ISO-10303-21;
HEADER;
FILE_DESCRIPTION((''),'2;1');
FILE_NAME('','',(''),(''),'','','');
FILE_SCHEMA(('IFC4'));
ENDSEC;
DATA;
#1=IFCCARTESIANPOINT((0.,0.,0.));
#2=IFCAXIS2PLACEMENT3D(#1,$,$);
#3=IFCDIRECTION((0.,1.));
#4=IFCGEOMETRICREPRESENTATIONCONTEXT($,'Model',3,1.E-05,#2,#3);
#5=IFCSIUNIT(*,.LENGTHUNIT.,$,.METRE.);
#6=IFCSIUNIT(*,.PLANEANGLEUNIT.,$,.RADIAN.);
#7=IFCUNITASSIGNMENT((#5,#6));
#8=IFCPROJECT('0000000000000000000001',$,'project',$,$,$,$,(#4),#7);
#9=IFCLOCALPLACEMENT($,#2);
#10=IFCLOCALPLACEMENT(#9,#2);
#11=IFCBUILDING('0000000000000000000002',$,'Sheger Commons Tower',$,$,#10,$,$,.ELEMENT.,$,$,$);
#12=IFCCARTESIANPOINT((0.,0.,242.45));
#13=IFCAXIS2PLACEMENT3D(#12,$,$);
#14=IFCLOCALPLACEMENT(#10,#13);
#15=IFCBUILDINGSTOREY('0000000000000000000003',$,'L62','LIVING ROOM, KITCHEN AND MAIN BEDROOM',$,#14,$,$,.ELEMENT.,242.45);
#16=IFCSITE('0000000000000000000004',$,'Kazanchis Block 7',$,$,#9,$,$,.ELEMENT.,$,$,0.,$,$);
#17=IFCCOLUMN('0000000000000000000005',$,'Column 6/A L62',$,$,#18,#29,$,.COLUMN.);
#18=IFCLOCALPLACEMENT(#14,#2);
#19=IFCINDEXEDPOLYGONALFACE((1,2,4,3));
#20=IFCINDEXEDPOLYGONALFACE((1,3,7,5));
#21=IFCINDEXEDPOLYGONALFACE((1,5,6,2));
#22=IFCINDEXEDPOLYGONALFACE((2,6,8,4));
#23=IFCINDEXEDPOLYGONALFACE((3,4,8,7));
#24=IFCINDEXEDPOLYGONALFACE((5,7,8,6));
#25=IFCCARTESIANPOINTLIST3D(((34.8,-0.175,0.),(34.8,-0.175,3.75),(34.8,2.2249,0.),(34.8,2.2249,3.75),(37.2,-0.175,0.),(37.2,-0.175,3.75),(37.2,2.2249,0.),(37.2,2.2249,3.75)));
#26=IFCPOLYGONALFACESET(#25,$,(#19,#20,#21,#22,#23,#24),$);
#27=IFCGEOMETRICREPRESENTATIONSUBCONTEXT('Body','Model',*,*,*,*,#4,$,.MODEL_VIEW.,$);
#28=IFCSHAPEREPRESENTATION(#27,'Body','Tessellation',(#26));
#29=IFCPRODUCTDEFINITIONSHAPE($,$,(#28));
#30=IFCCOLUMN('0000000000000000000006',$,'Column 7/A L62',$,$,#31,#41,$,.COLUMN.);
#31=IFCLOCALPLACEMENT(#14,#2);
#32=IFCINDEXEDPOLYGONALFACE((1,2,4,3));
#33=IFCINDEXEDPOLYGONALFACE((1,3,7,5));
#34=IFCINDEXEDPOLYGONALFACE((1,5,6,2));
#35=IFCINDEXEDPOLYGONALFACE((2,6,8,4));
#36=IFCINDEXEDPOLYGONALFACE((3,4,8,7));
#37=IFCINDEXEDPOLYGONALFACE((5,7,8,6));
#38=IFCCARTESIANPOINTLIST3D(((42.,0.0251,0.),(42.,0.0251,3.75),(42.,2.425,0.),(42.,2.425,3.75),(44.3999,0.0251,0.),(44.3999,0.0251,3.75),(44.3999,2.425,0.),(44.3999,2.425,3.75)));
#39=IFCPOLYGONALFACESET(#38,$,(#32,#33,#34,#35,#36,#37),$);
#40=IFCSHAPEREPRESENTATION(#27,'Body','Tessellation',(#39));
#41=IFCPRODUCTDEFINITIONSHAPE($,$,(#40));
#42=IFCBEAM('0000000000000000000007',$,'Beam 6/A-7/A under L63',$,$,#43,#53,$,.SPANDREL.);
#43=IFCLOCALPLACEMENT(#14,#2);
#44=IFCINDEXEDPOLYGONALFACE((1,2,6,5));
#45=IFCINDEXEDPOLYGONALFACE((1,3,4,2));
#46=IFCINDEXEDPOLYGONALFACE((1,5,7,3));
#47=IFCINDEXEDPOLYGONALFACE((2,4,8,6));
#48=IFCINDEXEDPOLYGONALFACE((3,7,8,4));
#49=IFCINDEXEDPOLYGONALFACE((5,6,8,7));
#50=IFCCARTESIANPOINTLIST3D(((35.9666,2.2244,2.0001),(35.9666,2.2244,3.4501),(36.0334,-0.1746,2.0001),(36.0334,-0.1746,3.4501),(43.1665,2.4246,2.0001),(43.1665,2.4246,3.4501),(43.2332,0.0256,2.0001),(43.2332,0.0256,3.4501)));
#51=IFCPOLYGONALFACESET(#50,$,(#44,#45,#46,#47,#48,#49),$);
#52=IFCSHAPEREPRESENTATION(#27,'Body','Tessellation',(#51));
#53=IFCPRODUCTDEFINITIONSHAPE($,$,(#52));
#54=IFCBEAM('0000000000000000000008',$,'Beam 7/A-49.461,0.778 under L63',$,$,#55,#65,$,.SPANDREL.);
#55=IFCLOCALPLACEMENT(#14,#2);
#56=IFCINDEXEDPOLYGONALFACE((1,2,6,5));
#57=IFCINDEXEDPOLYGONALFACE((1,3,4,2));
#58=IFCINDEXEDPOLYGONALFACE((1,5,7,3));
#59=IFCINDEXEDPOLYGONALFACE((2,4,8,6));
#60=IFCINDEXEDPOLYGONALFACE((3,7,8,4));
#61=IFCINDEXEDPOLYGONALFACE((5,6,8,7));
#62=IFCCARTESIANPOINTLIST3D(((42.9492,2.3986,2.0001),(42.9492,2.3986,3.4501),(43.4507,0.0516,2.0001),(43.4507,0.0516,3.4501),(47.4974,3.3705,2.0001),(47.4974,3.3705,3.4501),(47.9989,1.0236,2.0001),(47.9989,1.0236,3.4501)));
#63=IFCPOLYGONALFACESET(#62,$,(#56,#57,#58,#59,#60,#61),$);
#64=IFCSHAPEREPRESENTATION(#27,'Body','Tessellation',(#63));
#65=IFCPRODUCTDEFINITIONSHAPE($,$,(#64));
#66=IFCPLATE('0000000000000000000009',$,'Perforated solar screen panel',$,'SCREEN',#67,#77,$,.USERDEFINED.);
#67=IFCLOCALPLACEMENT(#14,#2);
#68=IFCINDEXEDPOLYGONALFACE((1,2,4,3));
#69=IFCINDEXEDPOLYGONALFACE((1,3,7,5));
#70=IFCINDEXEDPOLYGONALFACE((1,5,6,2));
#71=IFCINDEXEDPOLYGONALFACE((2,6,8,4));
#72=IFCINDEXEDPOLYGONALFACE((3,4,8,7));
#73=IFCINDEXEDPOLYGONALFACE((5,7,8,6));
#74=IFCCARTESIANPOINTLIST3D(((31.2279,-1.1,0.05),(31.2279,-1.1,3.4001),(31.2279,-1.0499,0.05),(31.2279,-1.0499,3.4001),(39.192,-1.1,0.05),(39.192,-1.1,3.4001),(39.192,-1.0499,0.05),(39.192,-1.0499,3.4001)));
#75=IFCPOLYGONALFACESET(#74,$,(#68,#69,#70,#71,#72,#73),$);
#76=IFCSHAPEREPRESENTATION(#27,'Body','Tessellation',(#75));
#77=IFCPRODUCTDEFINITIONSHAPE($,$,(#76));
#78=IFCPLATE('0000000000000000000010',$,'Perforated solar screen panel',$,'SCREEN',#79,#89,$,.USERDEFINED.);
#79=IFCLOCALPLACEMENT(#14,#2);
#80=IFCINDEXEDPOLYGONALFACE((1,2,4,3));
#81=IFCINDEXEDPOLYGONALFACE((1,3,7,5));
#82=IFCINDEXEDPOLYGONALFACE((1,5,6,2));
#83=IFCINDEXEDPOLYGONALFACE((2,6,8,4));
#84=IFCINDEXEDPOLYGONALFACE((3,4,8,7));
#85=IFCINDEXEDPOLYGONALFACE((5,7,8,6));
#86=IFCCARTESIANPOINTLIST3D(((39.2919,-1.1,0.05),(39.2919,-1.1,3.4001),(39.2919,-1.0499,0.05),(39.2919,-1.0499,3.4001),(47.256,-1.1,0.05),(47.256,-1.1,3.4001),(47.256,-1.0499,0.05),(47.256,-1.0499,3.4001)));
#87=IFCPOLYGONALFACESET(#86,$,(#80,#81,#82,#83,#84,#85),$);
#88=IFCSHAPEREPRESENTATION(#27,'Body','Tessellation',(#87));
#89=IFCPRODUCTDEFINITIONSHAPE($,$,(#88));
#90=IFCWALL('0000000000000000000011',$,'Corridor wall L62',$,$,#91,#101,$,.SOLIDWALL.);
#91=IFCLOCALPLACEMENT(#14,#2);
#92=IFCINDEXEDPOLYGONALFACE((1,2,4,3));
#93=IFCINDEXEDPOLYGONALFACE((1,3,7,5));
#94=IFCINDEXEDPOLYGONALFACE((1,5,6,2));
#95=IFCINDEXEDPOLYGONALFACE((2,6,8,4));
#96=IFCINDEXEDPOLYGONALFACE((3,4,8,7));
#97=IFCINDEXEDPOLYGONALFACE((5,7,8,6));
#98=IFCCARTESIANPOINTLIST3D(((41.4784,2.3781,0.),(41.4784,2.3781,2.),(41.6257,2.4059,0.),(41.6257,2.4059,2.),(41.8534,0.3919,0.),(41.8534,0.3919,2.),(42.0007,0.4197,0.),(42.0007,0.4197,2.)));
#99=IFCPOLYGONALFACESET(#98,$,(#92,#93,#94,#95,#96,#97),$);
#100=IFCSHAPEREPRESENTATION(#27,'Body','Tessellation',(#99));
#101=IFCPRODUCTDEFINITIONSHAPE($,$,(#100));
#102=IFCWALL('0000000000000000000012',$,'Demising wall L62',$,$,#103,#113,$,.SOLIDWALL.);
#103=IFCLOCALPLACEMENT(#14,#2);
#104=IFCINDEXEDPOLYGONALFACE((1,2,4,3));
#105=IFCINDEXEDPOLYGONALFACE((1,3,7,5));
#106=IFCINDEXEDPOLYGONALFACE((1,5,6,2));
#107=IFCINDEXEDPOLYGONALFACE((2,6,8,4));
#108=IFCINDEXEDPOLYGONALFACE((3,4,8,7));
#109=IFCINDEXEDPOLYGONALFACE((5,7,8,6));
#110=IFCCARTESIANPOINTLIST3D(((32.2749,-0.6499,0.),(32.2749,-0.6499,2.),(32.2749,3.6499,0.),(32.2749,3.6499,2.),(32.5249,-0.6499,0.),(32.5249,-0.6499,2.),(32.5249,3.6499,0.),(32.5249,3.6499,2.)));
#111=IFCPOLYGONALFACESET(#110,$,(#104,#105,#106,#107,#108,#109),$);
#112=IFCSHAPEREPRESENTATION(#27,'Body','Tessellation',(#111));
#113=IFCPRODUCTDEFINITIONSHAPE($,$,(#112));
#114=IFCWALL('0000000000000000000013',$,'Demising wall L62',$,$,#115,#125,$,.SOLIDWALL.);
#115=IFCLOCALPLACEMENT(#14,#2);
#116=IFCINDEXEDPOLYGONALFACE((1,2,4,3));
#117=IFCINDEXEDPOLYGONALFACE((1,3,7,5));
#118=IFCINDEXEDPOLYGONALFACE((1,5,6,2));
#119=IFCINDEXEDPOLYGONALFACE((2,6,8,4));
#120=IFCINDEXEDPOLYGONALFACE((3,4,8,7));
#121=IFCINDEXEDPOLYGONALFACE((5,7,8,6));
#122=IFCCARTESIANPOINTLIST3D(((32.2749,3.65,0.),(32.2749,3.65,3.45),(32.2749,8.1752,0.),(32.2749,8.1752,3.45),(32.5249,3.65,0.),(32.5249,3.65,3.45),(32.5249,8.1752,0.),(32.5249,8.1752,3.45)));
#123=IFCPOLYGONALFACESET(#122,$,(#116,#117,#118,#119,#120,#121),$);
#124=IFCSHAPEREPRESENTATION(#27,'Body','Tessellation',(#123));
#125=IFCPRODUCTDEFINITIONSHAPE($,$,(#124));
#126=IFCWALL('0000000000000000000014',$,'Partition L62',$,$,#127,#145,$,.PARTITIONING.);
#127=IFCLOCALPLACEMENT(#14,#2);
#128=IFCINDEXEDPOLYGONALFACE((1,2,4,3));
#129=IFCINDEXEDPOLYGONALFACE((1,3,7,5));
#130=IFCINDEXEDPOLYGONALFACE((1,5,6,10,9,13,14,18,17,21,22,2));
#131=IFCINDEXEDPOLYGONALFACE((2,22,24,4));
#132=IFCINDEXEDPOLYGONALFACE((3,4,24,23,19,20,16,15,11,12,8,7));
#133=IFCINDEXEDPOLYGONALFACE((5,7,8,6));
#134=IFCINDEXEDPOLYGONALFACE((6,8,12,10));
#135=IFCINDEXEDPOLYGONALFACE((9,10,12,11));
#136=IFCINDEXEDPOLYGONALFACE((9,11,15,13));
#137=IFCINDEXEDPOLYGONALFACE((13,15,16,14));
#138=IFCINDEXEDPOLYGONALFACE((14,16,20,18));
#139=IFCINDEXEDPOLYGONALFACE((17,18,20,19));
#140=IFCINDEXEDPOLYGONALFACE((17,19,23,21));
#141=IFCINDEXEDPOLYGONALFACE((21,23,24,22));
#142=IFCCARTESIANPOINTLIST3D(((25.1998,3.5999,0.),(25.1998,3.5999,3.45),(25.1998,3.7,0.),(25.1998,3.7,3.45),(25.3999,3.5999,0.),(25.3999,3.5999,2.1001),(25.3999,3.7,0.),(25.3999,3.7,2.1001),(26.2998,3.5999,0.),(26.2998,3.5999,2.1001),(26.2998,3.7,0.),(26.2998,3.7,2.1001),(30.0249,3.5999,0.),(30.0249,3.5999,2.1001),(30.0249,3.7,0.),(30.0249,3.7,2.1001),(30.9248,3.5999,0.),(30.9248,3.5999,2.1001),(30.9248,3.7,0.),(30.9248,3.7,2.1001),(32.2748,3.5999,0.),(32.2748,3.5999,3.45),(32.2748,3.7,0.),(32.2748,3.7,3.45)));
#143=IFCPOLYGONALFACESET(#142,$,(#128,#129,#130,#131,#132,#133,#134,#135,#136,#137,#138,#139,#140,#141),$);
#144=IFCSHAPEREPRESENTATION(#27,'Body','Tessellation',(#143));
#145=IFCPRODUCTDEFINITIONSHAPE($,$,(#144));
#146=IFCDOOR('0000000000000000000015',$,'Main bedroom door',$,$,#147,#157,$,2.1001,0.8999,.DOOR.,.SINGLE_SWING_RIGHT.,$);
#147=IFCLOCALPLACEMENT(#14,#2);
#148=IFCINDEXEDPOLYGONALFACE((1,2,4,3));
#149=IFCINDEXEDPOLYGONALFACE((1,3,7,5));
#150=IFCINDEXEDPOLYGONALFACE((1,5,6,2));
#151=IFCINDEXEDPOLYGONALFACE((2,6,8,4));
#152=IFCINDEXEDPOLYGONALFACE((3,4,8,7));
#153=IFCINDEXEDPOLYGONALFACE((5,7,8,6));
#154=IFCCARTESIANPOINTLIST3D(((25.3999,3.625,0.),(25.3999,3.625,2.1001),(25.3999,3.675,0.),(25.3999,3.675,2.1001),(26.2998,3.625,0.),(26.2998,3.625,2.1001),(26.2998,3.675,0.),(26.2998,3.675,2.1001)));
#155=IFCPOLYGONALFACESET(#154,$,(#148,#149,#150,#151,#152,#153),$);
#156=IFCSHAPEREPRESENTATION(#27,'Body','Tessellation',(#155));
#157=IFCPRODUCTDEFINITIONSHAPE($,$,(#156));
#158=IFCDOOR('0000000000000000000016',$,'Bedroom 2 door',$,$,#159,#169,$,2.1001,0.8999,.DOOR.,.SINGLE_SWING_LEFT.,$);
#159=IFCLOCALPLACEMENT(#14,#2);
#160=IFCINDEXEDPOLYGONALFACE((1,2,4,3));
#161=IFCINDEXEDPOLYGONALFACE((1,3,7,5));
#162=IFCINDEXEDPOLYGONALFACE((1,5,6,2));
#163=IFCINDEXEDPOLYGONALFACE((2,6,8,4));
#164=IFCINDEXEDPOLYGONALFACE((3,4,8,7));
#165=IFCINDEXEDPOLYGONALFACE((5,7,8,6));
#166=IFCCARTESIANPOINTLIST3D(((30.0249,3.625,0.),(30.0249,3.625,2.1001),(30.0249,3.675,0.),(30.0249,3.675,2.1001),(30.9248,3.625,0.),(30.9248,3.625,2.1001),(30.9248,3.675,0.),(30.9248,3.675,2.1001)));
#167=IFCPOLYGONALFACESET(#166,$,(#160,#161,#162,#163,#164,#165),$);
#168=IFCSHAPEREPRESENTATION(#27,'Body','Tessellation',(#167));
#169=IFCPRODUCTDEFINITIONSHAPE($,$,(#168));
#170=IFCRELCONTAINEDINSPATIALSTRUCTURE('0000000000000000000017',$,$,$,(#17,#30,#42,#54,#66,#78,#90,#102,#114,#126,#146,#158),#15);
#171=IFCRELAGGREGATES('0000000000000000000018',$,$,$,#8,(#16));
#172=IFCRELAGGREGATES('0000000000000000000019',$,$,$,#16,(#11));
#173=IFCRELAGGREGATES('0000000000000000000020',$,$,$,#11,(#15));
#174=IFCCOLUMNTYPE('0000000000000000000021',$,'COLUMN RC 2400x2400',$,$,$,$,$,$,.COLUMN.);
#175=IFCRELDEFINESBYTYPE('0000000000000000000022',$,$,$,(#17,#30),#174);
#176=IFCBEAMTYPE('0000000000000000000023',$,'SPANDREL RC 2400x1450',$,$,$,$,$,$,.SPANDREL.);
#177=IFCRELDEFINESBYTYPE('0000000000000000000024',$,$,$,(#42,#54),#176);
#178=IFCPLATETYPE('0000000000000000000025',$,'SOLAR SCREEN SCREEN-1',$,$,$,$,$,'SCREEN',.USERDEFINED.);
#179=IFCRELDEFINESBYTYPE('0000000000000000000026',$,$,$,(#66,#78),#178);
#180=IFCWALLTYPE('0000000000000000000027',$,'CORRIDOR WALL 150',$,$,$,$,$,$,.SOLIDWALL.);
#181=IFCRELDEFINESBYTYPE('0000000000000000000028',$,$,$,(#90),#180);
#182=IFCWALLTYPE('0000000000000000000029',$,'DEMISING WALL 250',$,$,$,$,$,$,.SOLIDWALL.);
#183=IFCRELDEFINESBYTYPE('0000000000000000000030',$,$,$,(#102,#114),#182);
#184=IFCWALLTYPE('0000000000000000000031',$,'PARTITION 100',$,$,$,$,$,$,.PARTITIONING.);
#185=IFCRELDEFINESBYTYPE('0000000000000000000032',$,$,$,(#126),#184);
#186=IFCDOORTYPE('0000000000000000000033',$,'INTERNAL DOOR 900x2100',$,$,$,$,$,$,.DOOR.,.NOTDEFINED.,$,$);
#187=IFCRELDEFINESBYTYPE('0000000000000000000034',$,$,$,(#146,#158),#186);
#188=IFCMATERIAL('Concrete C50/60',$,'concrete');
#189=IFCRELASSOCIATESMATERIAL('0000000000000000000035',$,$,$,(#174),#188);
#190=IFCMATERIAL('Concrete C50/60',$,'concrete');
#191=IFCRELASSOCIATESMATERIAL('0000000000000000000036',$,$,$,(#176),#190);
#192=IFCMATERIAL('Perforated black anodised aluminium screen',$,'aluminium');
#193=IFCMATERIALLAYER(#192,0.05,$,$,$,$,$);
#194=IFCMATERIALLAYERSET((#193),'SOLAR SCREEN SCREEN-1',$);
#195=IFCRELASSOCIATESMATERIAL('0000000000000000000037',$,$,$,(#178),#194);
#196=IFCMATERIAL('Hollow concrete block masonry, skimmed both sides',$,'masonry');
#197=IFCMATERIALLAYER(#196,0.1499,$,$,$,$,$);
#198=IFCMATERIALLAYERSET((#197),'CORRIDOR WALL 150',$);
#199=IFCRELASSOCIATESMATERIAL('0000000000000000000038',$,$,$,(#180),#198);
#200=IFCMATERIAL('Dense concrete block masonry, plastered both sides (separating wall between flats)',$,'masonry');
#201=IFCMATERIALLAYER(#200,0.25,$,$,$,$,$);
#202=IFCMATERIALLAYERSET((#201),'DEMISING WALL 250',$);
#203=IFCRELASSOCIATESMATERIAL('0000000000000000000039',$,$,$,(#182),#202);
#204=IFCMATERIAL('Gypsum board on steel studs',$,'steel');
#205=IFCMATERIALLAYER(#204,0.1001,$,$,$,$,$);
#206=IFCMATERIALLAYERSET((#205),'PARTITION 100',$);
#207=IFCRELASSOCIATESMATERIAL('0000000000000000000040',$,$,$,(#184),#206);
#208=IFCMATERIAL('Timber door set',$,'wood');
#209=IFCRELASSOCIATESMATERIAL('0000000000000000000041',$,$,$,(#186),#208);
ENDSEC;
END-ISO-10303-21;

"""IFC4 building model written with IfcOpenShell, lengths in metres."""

from ifc_helpers import new_model, si_unit, direction, frame, frame_2d, origin, origin_2d, place, context, subcontext, project, spatial, rectangle, extrude, material, layer, layer_set, material_profile, profile_set, type_object, element, fill, save


model = new_model("IFC4")

# Units and contexts
model_context = context("Model", 3, precision=1e-05, world=origin(), true_north=direction((0.0, 1.0)))
body_context = subcontext(model_context, "Body", "Model", "MODEL_VIEW")
ifc_project = project(units=[si_unit("LENGTHUNIT", "METRE"), si_unit("PLANEANGLEUNIT", "RADIAN")], contexts=[model_context])

# Site, building, storey
site_placement = place(None, origin())
site = spatial("IfcSite", under=ifc_project, at=site_placement, Name="Kazanchis Block 7", CompositionType="ELEMENT", RefElevation=0.0)
building_placement = place(site_placement, origin())
building = spatial("IfcBuilding", under=site, at=building_placement, Name="Sheger Commons Tower", CompositionType="ELEMENT")
storey_placement = place(building_placement, frame((0.0, 0.0, 242.45)))
storey = spatial("IfcBuildingStorey", under=building, at=storey_placement, Name="L62", Description="LIVING ROOM, KITCHEN AND MAIN BEDROOM", CompositionType="ELEMENT", Elevation=242.45)

# Columns
ifc_material_1 = material(Name="Concrete C50/60", Category="concrete")
ifc_material_profile_1 = material_profile(ifc_material_1, rectangle(XDim=2.3999, YDim=2.3999, at=origin_2d()), Name="RC 2400x2400")
ifc_profile_set_1 = profile_set([ifc_material_profile_1], Name="Concrete C50/60")
column_type = type_object("IfcColumnType", Name="COLUMN RC 2400x2400", PredefinedType="COLUMN", material=ifc_profile_set_1)
for number, where, z_axis, x_axis, name in (
    (1, (36.0, 1.0249, 0.0), (0.0, 0.0, 1.0), (1.0, 0.0, 0.0), "Column 6/A L62"),
    (2, (43.2, 1.2251, 0.0), (0.0, 0.0, 1.0), (1.0, 0.0, 0.0), "Column 7/A L62"),
):
    element("IfcColumn", number, at=place(storey_placement, frame(where, z_axis=z_axis, x_axis=x_axis)), inside=storey, type_object=column_type, Name=name, PredefinedType="COLUMN", context=body_context, shape_type="SweptSolid", body=[
        extrude(rectangle(XDim=2.3999, YDim=2.3999, at=origin_2d()), origin(), (0.0, 0.0, 1.0), 3.75),
    ])

# Beams
ifc_material_2 = material(Name="Concrete C50/60", Category="concrete")
ifc_material_profile_2 = material_profile(ifc_material_2, rectangle(XDim=2.3999, YDim=1.45, at=origin_2d()), Name="RC 2400x1450")
ifc_profile_set_2 = profile_set([ifc_material_profile_2], Name="Concrete C50/60")
beam_type = type_object("IfcBeamType", Name="SPANDREL RC 2400x1450", PredefinedType="SPANDREL", material=ifc_profile_set_2)
beam_1_placement = place(storey_placement, frame((36.0, 1.0249, 2.7251), z_axis=(0.999614, 0.027794, 0.0), x_axis=(-0.027794, 0.999614, 0.0)))
element("IfcBeam", 3, at=beam_1_placement, inside=storey, type_object=beam_type, Name="Beam 6/A-7/A under L63", PredefinedType="SPANDREL", context=body_context, shape_type="SweptSolid", body=[
    extrude(rectangle(XDim=2.3999, YDim=1.45, at=origin_2d()), origin(), (0.0, 0.0, 1.0), 7.2026),
])
beam_2_placement = place(storey_placement, frame((43.2, 1.2251, 2.7251), z_axis=(0.97792, 0.208981, 0.0), x_axis=(-0.208981, 0.97792, 0.0)))
element("IfcBeam", 4, at=beam_2_placement, inside=storey, type_object=beam_type, Name="Beam 7/A-49.461,0.778 under L63", PredefinedType="SPANDREL", context=body_context, shape_type="SweptSolid", body=[
    extrude(rectangle(XDim=2.3999, YDim=1.45, at=origin_2d()), origin(), (0.0, 0.0, 1.0), 4.6509),
])

# Plates
ifc_material_3 = material(Name="Perforated black anodised aluminium screen", Category="aluminium")
ifc_layer_1 = layer(ifc_material_3, 0.05)
ifc_layer_set_1 = layer_set([ifc_layer_1], Name="SOLAR SCREEN SCREEN-1")
plate_type = type_object("IfcPlateType", Name="SOLAR SCREEN SCREEN-1", ElementType="SCREEN", PredefinedType="USERDEFINED", material=ifc_layer_set_1)
for number, where, z_axis, x_axis, name in (
    (5, (35.21, -1.075, 0.05), (0.0, 0.0, 1.0), (1.0, 0.0, 0.0), "Perforated solar screen panel"),
    (6, (43.2739, -1.075, 0.05), (0.0, 0.0, 1.0), (1.0, 0.0, 0.0), "Perforated solar screen panel"),
):
    element("IfcPlate", number, at=place(storey_placement, frame(where, z_axis=z_axis, x_axis=x_axis)), inside=storey, type_object=plate_type, Name=name, ObjectType="SCREEN", PredefinedType="USERDEFINED", context=body_context, shape_type="SweptSolid", body=[
        extrude(rectangle(XDim=7.9641, YDim=0.05, at=origin_2d()), origin(), (0.0, 0.0, 1.0), 3.3501),
    ])

# Walls
ifc_material_4 = material(Name="Hollow concrete block masonry, skimmed both sides", Category="masonry")
ifc_layer_2 = layer(ifc_material_4, 0.1499)
ifc_layer_set_2 = layer_set([ifc_layer_2], Name="CORRIDOR WALL 150")
wall_type_1 = type_object("IfcWallType", Name="CORRIDOR WALL 150", PredefinedType="SOLIDWALL", material=ifc_layer_set_2)
wall_1_placement = place(storey_placement, frame((41.552, 2.3921, 0.0), z_axis=(0.0, 0.0, 1.0), x_axis=(0.185536, -0.982638, 0.0)))
element("IfcWall", 7, at=wall_1_placement, inside=storey, type_object=wall_type_1, Name="Corridor wall L62", PredefinedType="SOLIDWALL", context=body_context, shape_type="SweptSolid", body=[
    extrude(rectangle(XDim=2.0212, YDim=0.1499, at=frame_2d((1.0107, 0.0))), origin(), (0.0, 0.0, 1.0), 2.0),
])
ifc_material_5 = material(Name="Dense concrete block masonry, plastered both sides (separating wall between flats)", Category="masonry")
ifc_layer_3 = layer(ifc_material_5, 0.25)
ifc_layer_set_3 = layer_set([ifc_layer_3], Name="DEMISING WALL 250")
wall_type_2 = type_object("IfcWallType", Name="DEMISING WALL 250", PredefinedType="SOLIDWALL", material=ifc_layer_set_3)
wall_2_placement = place(storey_placement, frame((32.3999, -0.6499, 0.0), z_axis=(0.0, 0.0, 1.0), x_axis=(0.0, 1.0, 0.0)))
element("IfcWall", 8, at=wall_2_placement, inside=storey, type_object=wall_type_2, Name="Demising wall L62", PredefinedType="SOLIDWALL", context=body_context, shape_type="SweptSolid", body=[
    extrude(rectangle(XDim=4.2998, YDim=0.25, at=frame_2d((2.1499, 0.0))), origin(), (0.0, 0.0, 1.0), 2.0),
])
wall_3_placement = place(storey_placement, frame((32.3999, 3.6499, 0.0), z_axis=(0.0, 0.0, 1.0), x_axis=(0.0, 1.0, 0.0)))
element("IfcWall", 9, at=wall_3_placement, inside=storey, type_object=wall_type_2, Name="Demising wall L62", PredefinedType="SOLIDWALL", context=body_context, shape_type="SweptSolid", body=[
    extrude(rectangle(XDim=4.5251, YDim=0.25, at=frame_2d((2.2627, 0.0))), origin(), (0.0, 0.0, 1.0), 3.45),
])

# Wall, openings, doors
ifc_material_6 = material(Name="Gypsum board on steel studs", Category="steel")
ifc_layer_4 = layer(ifc_material_6, 0.1001)
ifc_layer_set_4 = layer_set([ifc_layer_4], Name="PARTITION 100")
wall_type_3 = type_object("IfcWallType", Name="PARTITION 100", PredefinedType="PARTITIONING", material=ifc_layer_set_4)
wall_4_placement = place(storey_placement, frame((32.2749, 3.6499, 0.0), z_axis=(0.0, 0.0, 1.0), x_axis=(-1.0, 0.0, 0.0)))
wall_4 = element("IfcWall", 10, at=wall_4_placement, inside=storey, type_object=wall_type_3, Name="Partition L62", PredefinedType="PARTITIONING", context=body_context, shape_type="SweptSolid", body=[
    extrude(rectangle(XDim=7.075, YDim=0.1001, at=frame_2d((3.5376, 0.0))), origin(), (0.0, 0.0, 1.0), 3.45),
])
opening_1_placement = place(wall_4_placement, frame((5.9751, 0.0, 0.0)))
opening_1 = element("IfcOpeningElement", 11, at=opening_1_placement, cuts=wall_4, PredefinedType="OPENING", context=body_context, shape_type="SweptSolid", body=[
    extrude(rectangle(XDim=0.8999, YDim=2.1001, at=frame_2d((0.45, 1.05))), frame((0.0, 0.0601, 0.0), z_axis=(0.0, -1.0, 0.0), x_axis=(1.0, 0.0, 0.0)), (0.0, 0.0, 1.0), 0.1201),
])
opening_2_placement = place(wall_4_placement, frame((1.3501, 0.0, 0.0)))
opening_2 = element("IfcOpeningElement", 12, at=opening_2_placement, cuts=wall_4, PredefinedType="OPENING", context=body_context, shape_type="SweptSolid", body=[
    extrude(rectangle(XDim=0.8999, YDim=2.1001, at=frame_2d((0.45, 1.05))), frame((0.0, 0.0601, 0.0), z_axis=(0.0, -1.0, 0.0), x_axis=(1.0, 0.0, 0.0)), (0.0, 0.0, 1.0), 0.1201),
])
ifc_material_7 = material(Name="Timber door set", Category="wood")
door_type = type_object("IfcDoorType", Name="INTERNAL DOOR 900x2100", OperationType="NOTDEFINED", PredefinedType="DOOR", material=ifc_material_7)
door_1_placement = place(opening_1_placement, origin())
door_1 = element("IfcDoor", 13, at=door_1_placement, inside=storey, type_object=door_type, Name="Main bedroom door", OperationType="SINGLE_SWING_RIGHT", OverallHeight=2.1001, OverallWidth=0.8999, PredefinedType="DOOR", context=body_context, shape_type="SweptSolid", body=[
    extrude(rectangle(XDim=0.8999, YDim=2.1001, at=frame_2d((0.45, 1.05))), frame((0.0, 0.0249, 0.0), z_axis=(0.0, -1.0, 0.0), x_axis=(1.0, 0.0, 0.0)), (0.0, 0.0, 1.0), 0.05),
])
fill(opening_1, door_1)
door_2_placement = place(opening_2_placement, origin())
door_2 = element("IfcDoor", 14, at=door_2_placement, inside=storey, type_object=door_type, Name="Bedroom 2 door", OperationType="SINGLE_SWING_LEFT", OverallHeight=2.1001, OverallWidth=0.8999, PredefinedType="DOOR", context=body_context, shape_type="SweptSolid", body=[
    extrude(rectangle(XDim=0.8999, YDim=2.1001, at=frame_2d((0.45, 1.05))), frame((0.0, 0.0249, 0.0), z_axis=(0.0, -1.0, 0.0), x_axis=(1.0, 0.0, 0.0)), (0.0, 0.0, 1.0), 0.05),
])
fill(opening_2, door_2)

save(model, "model.ifc")
